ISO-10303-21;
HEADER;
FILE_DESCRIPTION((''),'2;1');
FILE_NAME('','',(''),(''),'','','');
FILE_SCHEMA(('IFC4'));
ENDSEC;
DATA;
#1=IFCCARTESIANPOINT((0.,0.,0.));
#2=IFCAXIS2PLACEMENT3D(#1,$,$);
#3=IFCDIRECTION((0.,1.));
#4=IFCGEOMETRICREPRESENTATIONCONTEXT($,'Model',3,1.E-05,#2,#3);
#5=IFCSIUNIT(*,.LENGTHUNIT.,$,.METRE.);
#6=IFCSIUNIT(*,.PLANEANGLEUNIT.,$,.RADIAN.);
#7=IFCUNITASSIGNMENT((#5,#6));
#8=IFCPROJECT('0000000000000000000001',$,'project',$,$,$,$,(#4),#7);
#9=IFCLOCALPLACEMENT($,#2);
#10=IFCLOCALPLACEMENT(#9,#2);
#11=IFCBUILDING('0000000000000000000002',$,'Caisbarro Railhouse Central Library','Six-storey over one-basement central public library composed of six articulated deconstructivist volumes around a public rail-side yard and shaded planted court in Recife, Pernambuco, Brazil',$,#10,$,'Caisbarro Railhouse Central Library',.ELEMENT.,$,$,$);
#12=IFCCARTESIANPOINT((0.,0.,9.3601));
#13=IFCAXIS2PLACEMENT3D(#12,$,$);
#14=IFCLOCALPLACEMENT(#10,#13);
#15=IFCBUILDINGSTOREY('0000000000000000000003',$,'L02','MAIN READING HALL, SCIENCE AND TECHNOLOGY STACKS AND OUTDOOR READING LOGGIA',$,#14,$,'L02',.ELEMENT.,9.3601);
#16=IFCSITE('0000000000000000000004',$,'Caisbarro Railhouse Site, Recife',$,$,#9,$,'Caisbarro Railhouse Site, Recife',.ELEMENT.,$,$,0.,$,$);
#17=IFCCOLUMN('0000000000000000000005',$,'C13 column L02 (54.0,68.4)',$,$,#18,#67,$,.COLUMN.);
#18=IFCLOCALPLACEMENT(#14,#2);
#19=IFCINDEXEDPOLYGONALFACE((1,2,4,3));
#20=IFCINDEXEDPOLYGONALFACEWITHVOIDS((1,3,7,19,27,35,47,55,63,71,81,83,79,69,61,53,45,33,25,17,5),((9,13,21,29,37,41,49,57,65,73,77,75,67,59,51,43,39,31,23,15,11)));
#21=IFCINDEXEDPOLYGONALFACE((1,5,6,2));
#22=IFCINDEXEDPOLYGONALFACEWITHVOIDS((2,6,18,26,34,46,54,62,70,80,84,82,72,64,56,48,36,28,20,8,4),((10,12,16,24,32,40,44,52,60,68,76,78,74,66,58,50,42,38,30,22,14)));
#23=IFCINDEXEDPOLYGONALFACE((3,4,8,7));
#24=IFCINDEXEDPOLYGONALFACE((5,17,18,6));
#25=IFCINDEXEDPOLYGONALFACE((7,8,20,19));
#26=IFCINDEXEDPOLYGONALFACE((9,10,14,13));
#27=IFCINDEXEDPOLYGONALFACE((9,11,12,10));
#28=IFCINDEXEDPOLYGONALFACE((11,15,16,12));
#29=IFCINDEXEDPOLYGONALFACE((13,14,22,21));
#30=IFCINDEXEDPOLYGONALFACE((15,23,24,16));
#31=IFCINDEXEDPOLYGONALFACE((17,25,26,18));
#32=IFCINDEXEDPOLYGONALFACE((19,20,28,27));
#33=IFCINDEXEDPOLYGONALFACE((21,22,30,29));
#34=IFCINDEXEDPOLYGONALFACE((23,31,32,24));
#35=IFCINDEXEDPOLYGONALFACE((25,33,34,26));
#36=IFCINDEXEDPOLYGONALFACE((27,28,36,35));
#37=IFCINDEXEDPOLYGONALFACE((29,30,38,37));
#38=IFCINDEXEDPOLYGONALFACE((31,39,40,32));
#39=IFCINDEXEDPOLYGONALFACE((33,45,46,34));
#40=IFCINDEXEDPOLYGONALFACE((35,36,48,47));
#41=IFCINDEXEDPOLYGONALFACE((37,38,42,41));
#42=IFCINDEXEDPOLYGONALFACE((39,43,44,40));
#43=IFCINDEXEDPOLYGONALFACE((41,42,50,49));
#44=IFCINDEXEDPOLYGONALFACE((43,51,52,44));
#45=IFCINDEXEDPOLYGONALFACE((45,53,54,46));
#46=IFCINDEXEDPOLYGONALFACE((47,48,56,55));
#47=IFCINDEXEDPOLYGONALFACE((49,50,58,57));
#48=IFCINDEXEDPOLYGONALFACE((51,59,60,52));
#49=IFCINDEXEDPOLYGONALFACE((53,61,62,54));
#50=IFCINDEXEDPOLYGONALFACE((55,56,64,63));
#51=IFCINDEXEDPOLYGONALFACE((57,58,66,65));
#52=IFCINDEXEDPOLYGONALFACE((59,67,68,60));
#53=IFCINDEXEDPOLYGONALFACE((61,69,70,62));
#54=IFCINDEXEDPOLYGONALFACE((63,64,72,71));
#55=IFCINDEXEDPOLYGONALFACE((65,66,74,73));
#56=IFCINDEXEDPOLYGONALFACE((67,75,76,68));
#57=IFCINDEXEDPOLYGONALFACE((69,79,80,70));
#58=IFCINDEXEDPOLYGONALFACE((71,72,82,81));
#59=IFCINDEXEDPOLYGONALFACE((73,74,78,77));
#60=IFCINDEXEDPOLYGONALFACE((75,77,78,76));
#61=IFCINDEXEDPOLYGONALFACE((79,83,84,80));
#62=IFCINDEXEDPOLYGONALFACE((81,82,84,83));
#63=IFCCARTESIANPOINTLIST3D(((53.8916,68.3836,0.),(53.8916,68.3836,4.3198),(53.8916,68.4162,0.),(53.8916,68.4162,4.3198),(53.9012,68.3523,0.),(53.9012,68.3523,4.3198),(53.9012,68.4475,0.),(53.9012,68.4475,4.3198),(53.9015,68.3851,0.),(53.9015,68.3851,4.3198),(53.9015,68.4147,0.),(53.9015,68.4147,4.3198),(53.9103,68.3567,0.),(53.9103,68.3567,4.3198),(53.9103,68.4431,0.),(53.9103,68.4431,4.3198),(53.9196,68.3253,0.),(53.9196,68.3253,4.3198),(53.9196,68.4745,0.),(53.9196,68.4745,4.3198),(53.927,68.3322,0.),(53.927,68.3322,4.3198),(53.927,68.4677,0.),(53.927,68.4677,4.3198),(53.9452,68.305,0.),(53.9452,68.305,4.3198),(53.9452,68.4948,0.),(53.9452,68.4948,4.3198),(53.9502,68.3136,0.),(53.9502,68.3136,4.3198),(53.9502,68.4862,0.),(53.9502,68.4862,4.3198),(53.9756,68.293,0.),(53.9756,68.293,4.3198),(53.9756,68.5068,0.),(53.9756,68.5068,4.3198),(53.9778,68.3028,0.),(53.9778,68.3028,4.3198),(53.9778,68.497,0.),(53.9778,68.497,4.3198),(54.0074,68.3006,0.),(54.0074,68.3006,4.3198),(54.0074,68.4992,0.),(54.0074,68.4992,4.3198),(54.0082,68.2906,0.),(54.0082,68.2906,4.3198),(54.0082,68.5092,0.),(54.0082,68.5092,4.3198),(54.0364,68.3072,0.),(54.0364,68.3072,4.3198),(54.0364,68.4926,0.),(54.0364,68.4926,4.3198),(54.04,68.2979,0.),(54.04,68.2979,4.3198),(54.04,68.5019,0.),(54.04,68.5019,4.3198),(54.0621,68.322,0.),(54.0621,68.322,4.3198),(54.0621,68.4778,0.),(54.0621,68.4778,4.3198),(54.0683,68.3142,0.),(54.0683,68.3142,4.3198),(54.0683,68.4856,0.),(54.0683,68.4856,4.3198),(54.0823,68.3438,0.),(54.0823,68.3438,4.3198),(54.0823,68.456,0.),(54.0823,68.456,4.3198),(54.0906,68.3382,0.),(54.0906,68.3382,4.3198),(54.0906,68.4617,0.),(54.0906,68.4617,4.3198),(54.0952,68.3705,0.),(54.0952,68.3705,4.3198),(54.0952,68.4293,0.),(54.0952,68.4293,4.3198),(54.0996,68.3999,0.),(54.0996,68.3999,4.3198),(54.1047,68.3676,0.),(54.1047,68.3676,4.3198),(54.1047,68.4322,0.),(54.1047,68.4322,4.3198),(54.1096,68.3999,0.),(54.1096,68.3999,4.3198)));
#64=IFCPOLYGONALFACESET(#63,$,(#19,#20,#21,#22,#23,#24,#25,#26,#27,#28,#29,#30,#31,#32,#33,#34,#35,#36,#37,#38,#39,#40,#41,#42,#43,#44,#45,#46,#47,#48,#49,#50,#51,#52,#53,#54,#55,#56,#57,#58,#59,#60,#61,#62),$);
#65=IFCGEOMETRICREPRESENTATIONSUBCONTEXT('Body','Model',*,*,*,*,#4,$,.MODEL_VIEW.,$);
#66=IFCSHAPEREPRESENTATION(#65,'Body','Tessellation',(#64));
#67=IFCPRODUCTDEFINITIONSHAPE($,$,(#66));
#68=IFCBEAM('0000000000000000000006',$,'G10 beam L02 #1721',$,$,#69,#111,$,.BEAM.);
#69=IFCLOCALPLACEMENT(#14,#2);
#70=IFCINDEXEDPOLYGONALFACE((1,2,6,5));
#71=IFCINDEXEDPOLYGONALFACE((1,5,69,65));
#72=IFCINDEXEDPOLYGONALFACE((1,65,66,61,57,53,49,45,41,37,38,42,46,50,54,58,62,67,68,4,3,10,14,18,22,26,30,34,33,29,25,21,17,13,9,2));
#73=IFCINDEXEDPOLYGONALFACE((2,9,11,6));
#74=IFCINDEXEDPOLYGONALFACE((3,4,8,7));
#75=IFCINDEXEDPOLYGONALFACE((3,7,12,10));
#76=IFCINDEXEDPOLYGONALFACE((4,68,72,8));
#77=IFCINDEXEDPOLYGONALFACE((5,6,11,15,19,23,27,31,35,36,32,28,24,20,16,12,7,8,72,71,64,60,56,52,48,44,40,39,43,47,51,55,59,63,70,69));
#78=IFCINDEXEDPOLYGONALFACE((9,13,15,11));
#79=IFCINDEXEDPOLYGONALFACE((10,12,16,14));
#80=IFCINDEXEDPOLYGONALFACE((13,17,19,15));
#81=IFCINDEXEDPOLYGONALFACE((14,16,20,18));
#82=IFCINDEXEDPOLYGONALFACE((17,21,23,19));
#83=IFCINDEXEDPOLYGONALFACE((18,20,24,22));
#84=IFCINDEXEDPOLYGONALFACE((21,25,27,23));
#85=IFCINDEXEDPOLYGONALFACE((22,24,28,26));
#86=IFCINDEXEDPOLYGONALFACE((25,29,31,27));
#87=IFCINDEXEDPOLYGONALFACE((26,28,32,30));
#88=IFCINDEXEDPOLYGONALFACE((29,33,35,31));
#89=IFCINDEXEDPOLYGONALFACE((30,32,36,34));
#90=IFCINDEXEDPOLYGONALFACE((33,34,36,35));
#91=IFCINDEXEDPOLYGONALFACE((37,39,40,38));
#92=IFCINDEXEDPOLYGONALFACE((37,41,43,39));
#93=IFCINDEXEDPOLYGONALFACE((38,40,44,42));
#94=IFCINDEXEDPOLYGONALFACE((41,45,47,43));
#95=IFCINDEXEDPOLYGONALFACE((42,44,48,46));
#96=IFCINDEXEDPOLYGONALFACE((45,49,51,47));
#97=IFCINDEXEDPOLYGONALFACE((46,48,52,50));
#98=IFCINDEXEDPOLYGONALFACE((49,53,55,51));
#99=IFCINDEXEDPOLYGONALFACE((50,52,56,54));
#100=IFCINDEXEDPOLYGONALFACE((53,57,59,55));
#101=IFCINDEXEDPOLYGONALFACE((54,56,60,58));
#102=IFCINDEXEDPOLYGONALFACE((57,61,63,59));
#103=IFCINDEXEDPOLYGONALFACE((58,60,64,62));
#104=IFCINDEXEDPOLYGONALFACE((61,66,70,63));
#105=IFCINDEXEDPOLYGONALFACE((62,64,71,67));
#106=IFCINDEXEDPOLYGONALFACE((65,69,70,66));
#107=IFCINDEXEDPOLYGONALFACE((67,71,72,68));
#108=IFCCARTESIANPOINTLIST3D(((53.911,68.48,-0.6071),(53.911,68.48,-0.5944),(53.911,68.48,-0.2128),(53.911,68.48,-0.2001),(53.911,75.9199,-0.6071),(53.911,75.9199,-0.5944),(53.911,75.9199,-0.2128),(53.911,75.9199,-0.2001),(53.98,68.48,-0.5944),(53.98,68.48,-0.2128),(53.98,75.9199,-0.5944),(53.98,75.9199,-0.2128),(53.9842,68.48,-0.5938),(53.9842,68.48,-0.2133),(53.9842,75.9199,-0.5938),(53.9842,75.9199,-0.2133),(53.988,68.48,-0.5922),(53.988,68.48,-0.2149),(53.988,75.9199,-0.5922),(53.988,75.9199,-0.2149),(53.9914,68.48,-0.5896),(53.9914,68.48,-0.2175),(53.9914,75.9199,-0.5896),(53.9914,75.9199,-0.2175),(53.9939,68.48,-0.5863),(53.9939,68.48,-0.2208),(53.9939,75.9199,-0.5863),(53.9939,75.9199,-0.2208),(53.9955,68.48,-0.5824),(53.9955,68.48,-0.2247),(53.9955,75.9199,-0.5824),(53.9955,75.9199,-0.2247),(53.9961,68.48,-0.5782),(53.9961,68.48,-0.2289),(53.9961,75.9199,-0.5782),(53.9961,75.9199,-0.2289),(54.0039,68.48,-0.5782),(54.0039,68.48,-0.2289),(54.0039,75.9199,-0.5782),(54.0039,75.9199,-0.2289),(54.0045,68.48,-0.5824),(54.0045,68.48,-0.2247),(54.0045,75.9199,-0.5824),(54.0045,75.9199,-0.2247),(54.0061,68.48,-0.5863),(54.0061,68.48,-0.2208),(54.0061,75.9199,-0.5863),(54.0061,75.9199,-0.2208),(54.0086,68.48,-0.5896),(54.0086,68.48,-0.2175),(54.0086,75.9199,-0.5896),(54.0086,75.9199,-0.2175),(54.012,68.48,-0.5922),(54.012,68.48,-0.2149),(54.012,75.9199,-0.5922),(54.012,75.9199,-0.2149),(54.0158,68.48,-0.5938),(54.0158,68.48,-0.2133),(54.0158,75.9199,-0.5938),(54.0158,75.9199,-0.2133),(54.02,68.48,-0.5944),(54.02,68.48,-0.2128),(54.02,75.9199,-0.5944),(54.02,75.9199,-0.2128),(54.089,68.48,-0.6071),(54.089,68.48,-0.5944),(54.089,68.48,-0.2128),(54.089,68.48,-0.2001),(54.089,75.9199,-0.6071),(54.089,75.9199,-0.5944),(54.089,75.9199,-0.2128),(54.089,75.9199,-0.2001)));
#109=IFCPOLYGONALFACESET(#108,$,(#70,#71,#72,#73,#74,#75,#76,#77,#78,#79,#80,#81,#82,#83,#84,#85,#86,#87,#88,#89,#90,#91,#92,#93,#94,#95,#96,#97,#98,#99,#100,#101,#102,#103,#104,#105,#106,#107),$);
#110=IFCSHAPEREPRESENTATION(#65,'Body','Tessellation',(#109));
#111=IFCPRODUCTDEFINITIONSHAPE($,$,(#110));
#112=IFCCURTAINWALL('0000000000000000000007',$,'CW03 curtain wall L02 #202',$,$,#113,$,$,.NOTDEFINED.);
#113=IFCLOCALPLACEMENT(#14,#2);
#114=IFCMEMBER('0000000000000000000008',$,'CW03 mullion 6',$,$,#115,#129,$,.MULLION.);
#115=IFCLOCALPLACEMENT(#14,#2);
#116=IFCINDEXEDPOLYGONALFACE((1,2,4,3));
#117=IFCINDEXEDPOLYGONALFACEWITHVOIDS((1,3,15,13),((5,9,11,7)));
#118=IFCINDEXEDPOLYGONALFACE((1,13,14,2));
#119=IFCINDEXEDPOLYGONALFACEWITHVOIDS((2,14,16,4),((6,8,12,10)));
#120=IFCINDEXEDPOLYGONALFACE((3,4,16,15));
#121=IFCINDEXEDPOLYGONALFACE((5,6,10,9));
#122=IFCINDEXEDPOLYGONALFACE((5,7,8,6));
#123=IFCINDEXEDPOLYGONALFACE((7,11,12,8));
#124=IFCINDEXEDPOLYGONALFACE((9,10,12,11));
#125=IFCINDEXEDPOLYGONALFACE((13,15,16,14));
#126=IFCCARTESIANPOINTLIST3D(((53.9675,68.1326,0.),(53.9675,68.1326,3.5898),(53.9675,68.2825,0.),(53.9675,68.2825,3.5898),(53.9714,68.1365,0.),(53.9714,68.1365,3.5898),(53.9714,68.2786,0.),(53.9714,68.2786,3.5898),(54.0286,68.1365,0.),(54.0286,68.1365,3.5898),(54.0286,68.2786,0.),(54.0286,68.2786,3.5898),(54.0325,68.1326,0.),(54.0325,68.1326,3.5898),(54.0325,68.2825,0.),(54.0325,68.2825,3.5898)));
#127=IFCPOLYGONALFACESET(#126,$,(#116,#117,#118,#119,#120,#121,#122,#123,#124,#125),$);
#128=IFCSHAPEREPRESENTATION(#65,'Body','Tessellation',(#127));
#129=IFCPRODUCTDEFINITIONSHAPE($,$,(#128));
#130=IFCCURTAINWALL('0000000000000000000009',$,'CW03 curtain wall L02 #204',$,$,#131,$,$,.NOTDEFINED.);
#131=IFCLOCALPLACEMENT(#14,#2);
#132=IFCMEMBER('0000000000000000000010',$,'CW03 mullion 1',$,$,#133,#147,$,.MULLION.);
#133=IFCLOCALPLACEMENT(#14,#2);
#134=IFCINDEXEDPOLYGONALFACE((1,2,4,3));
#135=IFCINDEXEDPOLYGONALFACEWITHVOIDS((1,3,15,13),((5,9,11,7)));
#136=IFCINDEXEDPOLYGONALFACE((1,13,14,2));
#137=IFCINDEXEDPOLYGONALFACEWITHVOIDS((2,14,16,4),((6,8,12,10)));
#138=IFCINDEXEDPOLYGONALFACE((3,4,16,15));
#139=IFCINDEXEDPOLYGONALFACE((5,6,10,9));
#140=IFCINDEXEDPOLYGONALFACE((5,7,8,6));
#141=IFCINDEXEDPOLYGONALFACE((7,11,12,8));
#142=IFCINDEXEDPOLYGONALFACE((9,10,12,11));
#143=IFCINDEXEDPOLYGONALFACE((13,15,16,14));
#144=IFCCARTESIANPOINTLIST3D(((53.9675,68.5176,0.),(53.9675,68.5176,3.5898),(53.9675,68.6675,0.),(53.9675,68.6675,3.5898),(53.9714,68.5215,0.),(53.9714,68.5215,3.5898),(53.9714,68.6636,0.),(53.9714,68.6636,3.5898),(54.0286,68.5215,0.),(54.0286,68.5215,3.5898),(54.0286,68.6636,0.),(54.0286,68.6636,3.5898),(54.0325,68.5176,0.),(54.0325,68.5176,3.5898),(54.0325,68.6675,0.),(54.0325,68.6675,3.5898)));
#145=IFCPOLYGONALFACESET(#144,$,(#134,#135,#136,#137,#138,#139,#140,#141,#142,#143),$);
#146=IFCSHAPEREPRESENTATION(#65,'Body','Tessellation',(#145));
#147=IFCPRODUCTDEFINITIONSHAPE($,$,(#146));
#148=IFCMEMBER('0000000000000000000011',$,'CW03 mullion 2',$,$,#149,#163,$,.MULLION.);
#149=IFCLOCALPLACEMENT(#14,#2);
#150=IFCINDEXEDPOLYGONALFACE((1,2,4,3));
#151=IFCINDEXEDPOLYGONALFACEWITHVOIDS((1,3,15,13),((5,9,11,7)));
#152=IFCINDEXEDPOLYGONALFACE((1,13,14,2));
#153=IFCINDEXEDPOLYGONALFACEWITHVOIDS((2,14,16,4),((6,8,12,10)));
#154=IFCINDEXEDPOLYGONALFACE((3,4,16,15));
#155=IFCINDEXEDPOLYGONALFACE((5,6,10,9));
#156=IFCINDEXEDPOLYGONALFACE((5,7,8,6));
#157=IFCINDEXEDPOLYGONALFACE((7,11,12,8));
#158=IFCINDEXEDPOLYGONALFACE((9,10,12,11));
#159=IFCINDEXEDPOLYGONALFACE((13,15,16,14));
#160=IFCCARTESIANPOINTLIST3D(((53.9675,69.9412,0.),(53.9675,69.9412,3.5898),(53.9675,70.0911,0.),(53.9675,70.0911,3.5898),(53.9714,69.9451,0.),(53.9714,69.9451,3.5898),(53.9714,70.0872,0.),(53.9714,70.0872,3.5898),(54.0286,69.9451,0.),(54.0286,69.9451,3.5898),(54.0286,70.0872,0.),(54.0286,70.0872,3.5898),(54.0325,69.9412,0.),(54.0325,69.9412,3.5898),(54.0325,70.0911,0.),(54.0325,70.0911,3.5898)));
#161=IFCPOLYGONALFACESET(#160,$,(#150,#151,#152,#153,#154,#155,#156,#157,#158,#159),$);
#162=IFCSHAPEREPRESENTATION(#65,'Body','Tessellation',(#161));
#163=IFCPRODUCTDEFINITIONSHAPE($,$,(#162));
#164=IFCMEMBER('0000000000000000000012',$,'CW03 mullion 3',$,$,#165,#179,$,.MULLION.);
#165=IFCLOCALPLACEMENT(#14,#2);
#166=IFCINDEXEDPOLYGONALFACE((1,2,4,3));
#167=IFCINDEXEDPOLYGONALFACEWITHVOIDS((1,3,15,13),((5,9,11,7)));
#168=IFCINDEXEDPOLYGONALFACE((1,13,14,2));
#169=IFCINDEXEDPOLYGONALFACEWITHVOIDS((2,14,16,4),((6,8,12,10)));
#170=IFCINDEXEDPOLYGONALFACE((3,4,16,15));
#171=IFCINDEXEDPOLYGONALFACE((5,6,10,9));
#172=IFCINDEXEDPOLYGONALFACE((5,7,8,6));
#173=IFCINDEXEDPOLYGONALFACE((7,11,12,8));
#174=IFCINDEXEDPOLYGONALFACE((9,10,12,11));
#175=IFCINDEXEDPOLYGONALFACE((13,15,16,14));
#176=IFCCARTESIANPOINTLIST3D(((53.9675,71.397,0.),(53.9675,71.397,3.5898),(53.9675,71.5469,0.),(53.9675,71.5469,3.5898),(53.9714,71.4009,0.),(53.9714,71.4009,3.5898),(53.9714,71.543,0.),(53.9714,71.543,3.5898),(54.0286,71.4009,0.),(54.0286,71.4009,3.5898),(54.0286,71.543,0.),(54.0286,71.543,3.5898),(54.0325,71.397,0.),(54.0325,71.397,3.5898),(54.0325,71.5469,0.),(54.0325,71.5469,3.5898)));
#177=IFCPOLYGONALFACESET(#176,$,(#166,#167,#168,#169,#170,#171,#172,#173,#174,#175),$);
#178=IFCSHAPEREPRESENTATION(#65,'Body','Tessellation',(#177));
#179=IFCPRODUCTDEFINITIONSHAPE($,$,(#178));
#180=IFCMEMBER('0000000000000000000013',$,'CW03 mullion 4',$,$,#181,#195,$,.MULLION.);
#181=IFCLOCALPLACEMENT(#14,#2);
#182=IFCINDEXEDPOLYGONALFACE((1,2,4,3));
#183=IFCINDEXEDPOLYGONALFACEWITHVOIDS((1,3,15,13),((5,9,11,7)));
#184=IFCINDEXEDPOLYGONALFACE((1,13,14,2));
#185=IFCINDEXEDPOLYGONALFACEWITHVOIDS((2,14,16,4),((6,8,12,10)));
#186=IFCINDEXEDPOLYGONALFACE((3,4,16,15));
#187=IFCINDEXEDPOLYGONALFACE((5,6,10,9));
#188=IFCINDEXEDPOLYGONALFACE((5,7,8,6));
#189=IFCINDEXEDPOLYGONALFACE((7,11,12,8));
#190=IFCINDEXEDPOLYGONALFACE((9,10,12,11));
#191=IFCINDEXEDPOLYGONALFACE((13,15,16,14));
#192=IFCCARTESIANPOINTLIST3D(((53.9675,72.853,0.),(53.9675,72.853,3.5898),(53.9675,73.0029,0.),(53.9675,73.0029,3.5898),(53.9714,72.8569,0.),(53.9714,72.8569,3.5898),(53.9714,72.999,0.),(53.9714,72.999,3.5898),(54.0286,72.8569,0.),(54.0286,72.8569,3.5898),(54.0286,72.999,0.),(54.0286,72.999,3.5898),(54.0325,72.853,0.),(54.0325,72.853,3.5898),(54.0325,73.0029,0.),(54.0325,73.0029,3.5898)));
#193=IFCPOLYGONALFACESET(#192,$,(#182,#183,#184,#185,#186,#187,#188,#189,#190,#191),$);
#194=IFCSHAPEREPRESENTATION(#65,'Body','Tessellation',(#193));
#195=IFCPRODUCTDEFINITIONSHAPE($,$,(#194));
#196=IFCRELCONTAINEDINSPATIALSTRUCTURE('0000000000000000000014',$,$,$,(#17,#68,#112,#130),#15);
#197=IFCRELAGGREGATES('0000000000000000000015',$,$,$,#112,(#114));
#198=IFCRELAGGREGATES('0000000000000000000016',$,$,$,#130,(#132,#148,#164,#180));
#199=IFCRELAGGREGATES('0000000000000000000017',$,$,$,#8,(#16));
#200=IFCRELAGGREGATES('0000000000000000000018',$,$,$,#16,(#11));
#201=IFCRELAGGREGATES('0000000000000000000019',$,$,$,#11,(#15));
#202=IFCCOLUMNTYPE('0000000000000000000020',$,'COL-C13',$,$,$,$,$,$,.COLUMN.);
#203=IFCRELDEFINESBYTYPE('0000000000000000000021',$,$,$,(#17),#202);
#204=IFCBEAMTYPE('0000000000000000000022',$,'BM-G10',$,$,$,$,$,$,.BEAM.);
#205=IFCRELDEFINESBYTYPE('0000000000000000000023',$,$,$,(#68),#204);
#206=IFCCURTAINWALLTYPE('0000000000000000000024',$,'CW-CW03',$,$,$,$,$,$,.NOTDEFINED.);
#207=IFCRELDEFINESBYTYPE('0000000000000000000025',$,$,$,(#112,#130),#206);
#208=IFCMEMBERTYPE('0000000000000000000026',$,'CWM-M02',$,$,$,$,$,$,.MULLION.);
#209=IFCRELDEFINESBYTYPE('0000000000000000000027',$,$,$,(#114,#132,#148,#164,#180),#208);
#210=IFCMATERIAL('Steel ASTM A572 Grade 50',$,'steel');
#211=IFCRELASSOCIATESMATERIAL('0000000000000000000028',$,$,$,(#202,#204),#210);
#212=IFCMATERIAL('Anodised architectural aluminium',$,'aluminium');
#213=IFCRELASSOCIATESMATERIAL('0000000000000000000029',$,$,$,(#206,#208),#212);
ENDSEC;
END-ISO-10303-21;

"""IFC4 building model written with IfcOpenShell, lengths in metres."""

from ifc_helpers import new_model, si_unit, direction, frame, origin, origin_2d, place, context, subcontext, project, spatial, hollow_rectangle, hollow_circle, i_section, extrude, material, material_profile, profile_set, type_object, element, aggregate, save


model = new_model("IFC4")

# Units and contexts
model_context = context("Model", 3, precision=1e-05, world=origin(), true_north=direction((0.0, 1.0)))
body_context = subcontext(model_context, "Body", "Model", "MODEL_VIEW")
ifc_project = project(units=[si_unit("LENGTHUNIT", "METRE"), si_unit("PLANEANGLEUNIT", "RADIAN")], contexts=[model_context])

# Site, building, storey
site_placement = place(None, origin())
site = spatial("IfcSite", under=ifc_project, at=site_placement, Name="Caisbarro Railhouse Site, Recife", LongName="Caisbarro Railhouse Site, Recife", CompositionType="ELEMENT", RefElevation=0.0)
building_placement = place(site_placement, origin())
building = spatial("IfcBuilding", under=site, at=building_placement, Name="Caisbarro Railhouse Central Library", Description="Six-storey over one-basement central public library composed of six articulated deconstructivist volumes around a public rail-side yard and shaded planted court in Recife, Pernambuco, Brazil", LongName="Caisbarro Railhouse Central Library", CompositionType="ELEMENT")
storey_placement = place(building_placement, frame((0.0, 0.0, 9.3601)))
storey = spatial("IfcBuildingStorey", under=building, at=storey_placement, Name="L02", Description="MAIN READING HALL, SCIENCE AND TECHNOLOGY STACKS AND OUTDOOR READING LOGGIA", LongName="L02", CompositionType="ELEMENT", Elevation=9.3601)

# Column
ifc_material_1 = material(Name="Steel ASTM A572 Grade 50", Category="steel")
ifc_material_profile_1 = material_profile(ifc_material_1, hollow_circle(Radius=0.1096, WallThickness=0.01, at=origin_2d()), Name="CHS219.1X10")
ifc_profile_set_1 = profile_set([ifc_material_profile_1], Name="Steel ASTM A572 Grade 50")
column_type = type_object("IfcColumnType", Name="COL-C13", PredefinedType="COLUMN", material=ifc_profile_set_1)
column_placement = place(storey_placement, frame((54.0, 68.3999, 0.0), z_axis=(0.0, 0.0, 1.0), x_axis=(1.0, 0.0, 0.0)))
element("IfcColumn", 1, at=column_placement, inside=storey, type_object=column_type, Name="C13 column L02 (54.0,68.4)", PredefinedType="COLUMN", context=body_context, shape_type="SweptSolid", body=[
    extrude(hollow_circle(Radius=0.1096, WallThickness=0.01, at=origin_2d()), origin(), (0.0, 0.0, 1.0), 4.3198),
])

# Beam
ifc_material_profile_2 = material_profile(ifc_material_1, i_section(OverallWidth=0.178, OverallDepth=0.407, WebThickness=0.0078, FlangeThickness=0.0127, FilletRadius=0.0161, at=origin_2d()), Name="W410X60.0")
ifc_profile_set_2 = profile_set([ifc_material_profile_2], Name="Steel ASTM A572 Grade 50")
beam_type = type_object("IfcBeamType", Name="BM-G10", PredefinedType="BEAM", material=ifc_profile_set_2)
beam_placement = place(storey_placement, frame((54.0, 68.48, -0.4036), z_axis=(0.0, 1.0, 0.0), x_axis=(-1.0, 0.0, 0.0)))
element("IfcBeam", 2, at=beam_placement, inside=storey, type_object=beam_type, Name="G10 beam L02 #1721", PredefinedType="BEAM", context=body_context, shape_type="SweptSolid", body=[
    extrude(i_section(OverallWidth=0.178, OverallDepth=0.407, WebThickness=0.0078, FlangeThickness=0.0127, FilletRadius=0.0161, at=origin_2d()), origin(), (0.0, 0.0, 1.0), 7.4399),
])

# Curtain wall, member
ifc_material_2 = material(Name="Anodised architectural aluminium", Category="aluminium")
curtain_wall_type = type_object("IfcCurtainWallType", Name="CW-CW03", PredefinedType="NOTDEFINED", material=ifc_material_2)
curtain_wall_1_placement = place(storey_placement, origin())
curtain_wall_1 = element("IfcCurtainWall", 3, at=curtain_wall_1_placement, inside=storey, type_object=curtain_wall_type, Name="CW03 curtain wall L02 #202", PredefinedType="NOTDEFINED")
ifc_material_profile_3 = material_profile(ifc_material_2, hollow_rectangle(XDim=0.0649, YDim=0.1499, WallThickness=0.0039, at=origin_2d()), Name="ALU-MUL-65X150")
ifc_profile_set_3 = profile_set([ifc_material_profile_3], Name="Anodised architectural aluminium")
member_type_1 = type_object("IfcMemberType", Name="CWM-M02", PredefinedType="MULLION", material=ifc_profile_set_3)
member_1_placement = place(storey_placement, frame((54.0, 68.2075, 0.0), z_axis=(0.0, 0.0, 1.0), x_axis=(-1.0, 0.0, 0.0)))
member_1 = element("IfcMember", 4, at=member_1_placement, type_object=member_type_1, Name="CW03 mullion 6", PredefinedType="MULLION", context=body_context, shape_type="SweptSolid", body=[
    extrude(hollow_rectangle(XDim=0.0649, YDim=0.1499, WallThickness=0.0039, at=origin_2d()), origin(), (0.0, 0.0, 1.0), 3.5898),
])

# Curtain wall, members
curtain_wall_2_placement = place(storey_placement, origin())
curtain_wall_2 = element("IfcCurtainWall", 5, at=curtain_wall_2_placement, inside=storey, type_object=curtain_wall_type, Name="CW03 curtain wall L02 #204", PredefinedType="NOTDEFINED")
member_2_placement = place(storey_placement, frame((54.0, 68.5925, 0.0), z_axis=(0.0, 0.0, 1.0), x_axis=(-1.0, 0.0, 0.0)))
member_2 = element("IfcMember", 6, at=member_2_placement, type_object=member_type_1, Name="CW03 mullion 1", PredefinedType="MULLION", context=body_context, shape_type="SweptSolid", body=[
    extrude(hollow_rectangle(XDim=0.0649, YDim=0.1499, WallThickness=0.0039, at=origin_2d()), origin(), (0.0, 0.0, 1.0), 3.5898),
])
member_3_placement = place(storey_placement, frame((54.0, 70.0161, 0.0), z_axis=(0.0, 0.0, 1.0), x_axis=(-1.0, 0.0, 0.0)))
member_3 = element("IfcMember", 7, at=member_3_placement, type_object=member_type_1, Name="CW03 mullion 2", PredefinedType="MULLION", context=body_context, shape_type="SweptSolid", body=[
    extrude(hollow_rectangle(XDim=0.0649, YDim=0.1499, WallThickness=0.0039, at=origin_2d()), origin(), (0.0, 0.0, 1.0), 3.5898),
])
member_4_placement = place(storey_placement, frame((54.0, 71.4719, 0.0), z_axis=(0.0, 0.0, 1.0), x_axis=(-1.0, 0.0, 0.0)))
member_4 = element("IfcMember", 8, at=member_4_placement, type_object=member_type_1, Name="CW03 mullion 3", PredefinedType="MULLION", context=body_context, shape_type="SweptSolid", body=[
    extrude(hollow_rectangle(XDim=0.0649, YDim=0.1499, WallThickness=0.0039, at=origin_2d()), origin(), (0.0, 0.0, 1.0), 3.5898),
])
member_5_placement = place(storey_placement, frame((54.0, 72.928, 0.0), z_axis=(0.0, 0.0, 1.0), x_axis=(-1.0, 0.0, 0.0)))
member_5 = element("IfcMember", 9, at=member_5_placement, type_object=member_type_1, Name="CW03 mullion 4", PredefinedType="MULLION", context=body_context, shape_type="SweptSolid", body=[
    extrude(hollow_rectangle(XDim=0.0649, YDim=0.1499, WallThickness=0.0039, at=origin_2d()), origin(), (0.0, 0.0, 1.0), 3.5898),
])

aggregate(curtain_wall_1, [member_1])
aggregate(curtain_wall_2, [member_2, member_3, member_4, member_5])

save(model, "model.ifc")
